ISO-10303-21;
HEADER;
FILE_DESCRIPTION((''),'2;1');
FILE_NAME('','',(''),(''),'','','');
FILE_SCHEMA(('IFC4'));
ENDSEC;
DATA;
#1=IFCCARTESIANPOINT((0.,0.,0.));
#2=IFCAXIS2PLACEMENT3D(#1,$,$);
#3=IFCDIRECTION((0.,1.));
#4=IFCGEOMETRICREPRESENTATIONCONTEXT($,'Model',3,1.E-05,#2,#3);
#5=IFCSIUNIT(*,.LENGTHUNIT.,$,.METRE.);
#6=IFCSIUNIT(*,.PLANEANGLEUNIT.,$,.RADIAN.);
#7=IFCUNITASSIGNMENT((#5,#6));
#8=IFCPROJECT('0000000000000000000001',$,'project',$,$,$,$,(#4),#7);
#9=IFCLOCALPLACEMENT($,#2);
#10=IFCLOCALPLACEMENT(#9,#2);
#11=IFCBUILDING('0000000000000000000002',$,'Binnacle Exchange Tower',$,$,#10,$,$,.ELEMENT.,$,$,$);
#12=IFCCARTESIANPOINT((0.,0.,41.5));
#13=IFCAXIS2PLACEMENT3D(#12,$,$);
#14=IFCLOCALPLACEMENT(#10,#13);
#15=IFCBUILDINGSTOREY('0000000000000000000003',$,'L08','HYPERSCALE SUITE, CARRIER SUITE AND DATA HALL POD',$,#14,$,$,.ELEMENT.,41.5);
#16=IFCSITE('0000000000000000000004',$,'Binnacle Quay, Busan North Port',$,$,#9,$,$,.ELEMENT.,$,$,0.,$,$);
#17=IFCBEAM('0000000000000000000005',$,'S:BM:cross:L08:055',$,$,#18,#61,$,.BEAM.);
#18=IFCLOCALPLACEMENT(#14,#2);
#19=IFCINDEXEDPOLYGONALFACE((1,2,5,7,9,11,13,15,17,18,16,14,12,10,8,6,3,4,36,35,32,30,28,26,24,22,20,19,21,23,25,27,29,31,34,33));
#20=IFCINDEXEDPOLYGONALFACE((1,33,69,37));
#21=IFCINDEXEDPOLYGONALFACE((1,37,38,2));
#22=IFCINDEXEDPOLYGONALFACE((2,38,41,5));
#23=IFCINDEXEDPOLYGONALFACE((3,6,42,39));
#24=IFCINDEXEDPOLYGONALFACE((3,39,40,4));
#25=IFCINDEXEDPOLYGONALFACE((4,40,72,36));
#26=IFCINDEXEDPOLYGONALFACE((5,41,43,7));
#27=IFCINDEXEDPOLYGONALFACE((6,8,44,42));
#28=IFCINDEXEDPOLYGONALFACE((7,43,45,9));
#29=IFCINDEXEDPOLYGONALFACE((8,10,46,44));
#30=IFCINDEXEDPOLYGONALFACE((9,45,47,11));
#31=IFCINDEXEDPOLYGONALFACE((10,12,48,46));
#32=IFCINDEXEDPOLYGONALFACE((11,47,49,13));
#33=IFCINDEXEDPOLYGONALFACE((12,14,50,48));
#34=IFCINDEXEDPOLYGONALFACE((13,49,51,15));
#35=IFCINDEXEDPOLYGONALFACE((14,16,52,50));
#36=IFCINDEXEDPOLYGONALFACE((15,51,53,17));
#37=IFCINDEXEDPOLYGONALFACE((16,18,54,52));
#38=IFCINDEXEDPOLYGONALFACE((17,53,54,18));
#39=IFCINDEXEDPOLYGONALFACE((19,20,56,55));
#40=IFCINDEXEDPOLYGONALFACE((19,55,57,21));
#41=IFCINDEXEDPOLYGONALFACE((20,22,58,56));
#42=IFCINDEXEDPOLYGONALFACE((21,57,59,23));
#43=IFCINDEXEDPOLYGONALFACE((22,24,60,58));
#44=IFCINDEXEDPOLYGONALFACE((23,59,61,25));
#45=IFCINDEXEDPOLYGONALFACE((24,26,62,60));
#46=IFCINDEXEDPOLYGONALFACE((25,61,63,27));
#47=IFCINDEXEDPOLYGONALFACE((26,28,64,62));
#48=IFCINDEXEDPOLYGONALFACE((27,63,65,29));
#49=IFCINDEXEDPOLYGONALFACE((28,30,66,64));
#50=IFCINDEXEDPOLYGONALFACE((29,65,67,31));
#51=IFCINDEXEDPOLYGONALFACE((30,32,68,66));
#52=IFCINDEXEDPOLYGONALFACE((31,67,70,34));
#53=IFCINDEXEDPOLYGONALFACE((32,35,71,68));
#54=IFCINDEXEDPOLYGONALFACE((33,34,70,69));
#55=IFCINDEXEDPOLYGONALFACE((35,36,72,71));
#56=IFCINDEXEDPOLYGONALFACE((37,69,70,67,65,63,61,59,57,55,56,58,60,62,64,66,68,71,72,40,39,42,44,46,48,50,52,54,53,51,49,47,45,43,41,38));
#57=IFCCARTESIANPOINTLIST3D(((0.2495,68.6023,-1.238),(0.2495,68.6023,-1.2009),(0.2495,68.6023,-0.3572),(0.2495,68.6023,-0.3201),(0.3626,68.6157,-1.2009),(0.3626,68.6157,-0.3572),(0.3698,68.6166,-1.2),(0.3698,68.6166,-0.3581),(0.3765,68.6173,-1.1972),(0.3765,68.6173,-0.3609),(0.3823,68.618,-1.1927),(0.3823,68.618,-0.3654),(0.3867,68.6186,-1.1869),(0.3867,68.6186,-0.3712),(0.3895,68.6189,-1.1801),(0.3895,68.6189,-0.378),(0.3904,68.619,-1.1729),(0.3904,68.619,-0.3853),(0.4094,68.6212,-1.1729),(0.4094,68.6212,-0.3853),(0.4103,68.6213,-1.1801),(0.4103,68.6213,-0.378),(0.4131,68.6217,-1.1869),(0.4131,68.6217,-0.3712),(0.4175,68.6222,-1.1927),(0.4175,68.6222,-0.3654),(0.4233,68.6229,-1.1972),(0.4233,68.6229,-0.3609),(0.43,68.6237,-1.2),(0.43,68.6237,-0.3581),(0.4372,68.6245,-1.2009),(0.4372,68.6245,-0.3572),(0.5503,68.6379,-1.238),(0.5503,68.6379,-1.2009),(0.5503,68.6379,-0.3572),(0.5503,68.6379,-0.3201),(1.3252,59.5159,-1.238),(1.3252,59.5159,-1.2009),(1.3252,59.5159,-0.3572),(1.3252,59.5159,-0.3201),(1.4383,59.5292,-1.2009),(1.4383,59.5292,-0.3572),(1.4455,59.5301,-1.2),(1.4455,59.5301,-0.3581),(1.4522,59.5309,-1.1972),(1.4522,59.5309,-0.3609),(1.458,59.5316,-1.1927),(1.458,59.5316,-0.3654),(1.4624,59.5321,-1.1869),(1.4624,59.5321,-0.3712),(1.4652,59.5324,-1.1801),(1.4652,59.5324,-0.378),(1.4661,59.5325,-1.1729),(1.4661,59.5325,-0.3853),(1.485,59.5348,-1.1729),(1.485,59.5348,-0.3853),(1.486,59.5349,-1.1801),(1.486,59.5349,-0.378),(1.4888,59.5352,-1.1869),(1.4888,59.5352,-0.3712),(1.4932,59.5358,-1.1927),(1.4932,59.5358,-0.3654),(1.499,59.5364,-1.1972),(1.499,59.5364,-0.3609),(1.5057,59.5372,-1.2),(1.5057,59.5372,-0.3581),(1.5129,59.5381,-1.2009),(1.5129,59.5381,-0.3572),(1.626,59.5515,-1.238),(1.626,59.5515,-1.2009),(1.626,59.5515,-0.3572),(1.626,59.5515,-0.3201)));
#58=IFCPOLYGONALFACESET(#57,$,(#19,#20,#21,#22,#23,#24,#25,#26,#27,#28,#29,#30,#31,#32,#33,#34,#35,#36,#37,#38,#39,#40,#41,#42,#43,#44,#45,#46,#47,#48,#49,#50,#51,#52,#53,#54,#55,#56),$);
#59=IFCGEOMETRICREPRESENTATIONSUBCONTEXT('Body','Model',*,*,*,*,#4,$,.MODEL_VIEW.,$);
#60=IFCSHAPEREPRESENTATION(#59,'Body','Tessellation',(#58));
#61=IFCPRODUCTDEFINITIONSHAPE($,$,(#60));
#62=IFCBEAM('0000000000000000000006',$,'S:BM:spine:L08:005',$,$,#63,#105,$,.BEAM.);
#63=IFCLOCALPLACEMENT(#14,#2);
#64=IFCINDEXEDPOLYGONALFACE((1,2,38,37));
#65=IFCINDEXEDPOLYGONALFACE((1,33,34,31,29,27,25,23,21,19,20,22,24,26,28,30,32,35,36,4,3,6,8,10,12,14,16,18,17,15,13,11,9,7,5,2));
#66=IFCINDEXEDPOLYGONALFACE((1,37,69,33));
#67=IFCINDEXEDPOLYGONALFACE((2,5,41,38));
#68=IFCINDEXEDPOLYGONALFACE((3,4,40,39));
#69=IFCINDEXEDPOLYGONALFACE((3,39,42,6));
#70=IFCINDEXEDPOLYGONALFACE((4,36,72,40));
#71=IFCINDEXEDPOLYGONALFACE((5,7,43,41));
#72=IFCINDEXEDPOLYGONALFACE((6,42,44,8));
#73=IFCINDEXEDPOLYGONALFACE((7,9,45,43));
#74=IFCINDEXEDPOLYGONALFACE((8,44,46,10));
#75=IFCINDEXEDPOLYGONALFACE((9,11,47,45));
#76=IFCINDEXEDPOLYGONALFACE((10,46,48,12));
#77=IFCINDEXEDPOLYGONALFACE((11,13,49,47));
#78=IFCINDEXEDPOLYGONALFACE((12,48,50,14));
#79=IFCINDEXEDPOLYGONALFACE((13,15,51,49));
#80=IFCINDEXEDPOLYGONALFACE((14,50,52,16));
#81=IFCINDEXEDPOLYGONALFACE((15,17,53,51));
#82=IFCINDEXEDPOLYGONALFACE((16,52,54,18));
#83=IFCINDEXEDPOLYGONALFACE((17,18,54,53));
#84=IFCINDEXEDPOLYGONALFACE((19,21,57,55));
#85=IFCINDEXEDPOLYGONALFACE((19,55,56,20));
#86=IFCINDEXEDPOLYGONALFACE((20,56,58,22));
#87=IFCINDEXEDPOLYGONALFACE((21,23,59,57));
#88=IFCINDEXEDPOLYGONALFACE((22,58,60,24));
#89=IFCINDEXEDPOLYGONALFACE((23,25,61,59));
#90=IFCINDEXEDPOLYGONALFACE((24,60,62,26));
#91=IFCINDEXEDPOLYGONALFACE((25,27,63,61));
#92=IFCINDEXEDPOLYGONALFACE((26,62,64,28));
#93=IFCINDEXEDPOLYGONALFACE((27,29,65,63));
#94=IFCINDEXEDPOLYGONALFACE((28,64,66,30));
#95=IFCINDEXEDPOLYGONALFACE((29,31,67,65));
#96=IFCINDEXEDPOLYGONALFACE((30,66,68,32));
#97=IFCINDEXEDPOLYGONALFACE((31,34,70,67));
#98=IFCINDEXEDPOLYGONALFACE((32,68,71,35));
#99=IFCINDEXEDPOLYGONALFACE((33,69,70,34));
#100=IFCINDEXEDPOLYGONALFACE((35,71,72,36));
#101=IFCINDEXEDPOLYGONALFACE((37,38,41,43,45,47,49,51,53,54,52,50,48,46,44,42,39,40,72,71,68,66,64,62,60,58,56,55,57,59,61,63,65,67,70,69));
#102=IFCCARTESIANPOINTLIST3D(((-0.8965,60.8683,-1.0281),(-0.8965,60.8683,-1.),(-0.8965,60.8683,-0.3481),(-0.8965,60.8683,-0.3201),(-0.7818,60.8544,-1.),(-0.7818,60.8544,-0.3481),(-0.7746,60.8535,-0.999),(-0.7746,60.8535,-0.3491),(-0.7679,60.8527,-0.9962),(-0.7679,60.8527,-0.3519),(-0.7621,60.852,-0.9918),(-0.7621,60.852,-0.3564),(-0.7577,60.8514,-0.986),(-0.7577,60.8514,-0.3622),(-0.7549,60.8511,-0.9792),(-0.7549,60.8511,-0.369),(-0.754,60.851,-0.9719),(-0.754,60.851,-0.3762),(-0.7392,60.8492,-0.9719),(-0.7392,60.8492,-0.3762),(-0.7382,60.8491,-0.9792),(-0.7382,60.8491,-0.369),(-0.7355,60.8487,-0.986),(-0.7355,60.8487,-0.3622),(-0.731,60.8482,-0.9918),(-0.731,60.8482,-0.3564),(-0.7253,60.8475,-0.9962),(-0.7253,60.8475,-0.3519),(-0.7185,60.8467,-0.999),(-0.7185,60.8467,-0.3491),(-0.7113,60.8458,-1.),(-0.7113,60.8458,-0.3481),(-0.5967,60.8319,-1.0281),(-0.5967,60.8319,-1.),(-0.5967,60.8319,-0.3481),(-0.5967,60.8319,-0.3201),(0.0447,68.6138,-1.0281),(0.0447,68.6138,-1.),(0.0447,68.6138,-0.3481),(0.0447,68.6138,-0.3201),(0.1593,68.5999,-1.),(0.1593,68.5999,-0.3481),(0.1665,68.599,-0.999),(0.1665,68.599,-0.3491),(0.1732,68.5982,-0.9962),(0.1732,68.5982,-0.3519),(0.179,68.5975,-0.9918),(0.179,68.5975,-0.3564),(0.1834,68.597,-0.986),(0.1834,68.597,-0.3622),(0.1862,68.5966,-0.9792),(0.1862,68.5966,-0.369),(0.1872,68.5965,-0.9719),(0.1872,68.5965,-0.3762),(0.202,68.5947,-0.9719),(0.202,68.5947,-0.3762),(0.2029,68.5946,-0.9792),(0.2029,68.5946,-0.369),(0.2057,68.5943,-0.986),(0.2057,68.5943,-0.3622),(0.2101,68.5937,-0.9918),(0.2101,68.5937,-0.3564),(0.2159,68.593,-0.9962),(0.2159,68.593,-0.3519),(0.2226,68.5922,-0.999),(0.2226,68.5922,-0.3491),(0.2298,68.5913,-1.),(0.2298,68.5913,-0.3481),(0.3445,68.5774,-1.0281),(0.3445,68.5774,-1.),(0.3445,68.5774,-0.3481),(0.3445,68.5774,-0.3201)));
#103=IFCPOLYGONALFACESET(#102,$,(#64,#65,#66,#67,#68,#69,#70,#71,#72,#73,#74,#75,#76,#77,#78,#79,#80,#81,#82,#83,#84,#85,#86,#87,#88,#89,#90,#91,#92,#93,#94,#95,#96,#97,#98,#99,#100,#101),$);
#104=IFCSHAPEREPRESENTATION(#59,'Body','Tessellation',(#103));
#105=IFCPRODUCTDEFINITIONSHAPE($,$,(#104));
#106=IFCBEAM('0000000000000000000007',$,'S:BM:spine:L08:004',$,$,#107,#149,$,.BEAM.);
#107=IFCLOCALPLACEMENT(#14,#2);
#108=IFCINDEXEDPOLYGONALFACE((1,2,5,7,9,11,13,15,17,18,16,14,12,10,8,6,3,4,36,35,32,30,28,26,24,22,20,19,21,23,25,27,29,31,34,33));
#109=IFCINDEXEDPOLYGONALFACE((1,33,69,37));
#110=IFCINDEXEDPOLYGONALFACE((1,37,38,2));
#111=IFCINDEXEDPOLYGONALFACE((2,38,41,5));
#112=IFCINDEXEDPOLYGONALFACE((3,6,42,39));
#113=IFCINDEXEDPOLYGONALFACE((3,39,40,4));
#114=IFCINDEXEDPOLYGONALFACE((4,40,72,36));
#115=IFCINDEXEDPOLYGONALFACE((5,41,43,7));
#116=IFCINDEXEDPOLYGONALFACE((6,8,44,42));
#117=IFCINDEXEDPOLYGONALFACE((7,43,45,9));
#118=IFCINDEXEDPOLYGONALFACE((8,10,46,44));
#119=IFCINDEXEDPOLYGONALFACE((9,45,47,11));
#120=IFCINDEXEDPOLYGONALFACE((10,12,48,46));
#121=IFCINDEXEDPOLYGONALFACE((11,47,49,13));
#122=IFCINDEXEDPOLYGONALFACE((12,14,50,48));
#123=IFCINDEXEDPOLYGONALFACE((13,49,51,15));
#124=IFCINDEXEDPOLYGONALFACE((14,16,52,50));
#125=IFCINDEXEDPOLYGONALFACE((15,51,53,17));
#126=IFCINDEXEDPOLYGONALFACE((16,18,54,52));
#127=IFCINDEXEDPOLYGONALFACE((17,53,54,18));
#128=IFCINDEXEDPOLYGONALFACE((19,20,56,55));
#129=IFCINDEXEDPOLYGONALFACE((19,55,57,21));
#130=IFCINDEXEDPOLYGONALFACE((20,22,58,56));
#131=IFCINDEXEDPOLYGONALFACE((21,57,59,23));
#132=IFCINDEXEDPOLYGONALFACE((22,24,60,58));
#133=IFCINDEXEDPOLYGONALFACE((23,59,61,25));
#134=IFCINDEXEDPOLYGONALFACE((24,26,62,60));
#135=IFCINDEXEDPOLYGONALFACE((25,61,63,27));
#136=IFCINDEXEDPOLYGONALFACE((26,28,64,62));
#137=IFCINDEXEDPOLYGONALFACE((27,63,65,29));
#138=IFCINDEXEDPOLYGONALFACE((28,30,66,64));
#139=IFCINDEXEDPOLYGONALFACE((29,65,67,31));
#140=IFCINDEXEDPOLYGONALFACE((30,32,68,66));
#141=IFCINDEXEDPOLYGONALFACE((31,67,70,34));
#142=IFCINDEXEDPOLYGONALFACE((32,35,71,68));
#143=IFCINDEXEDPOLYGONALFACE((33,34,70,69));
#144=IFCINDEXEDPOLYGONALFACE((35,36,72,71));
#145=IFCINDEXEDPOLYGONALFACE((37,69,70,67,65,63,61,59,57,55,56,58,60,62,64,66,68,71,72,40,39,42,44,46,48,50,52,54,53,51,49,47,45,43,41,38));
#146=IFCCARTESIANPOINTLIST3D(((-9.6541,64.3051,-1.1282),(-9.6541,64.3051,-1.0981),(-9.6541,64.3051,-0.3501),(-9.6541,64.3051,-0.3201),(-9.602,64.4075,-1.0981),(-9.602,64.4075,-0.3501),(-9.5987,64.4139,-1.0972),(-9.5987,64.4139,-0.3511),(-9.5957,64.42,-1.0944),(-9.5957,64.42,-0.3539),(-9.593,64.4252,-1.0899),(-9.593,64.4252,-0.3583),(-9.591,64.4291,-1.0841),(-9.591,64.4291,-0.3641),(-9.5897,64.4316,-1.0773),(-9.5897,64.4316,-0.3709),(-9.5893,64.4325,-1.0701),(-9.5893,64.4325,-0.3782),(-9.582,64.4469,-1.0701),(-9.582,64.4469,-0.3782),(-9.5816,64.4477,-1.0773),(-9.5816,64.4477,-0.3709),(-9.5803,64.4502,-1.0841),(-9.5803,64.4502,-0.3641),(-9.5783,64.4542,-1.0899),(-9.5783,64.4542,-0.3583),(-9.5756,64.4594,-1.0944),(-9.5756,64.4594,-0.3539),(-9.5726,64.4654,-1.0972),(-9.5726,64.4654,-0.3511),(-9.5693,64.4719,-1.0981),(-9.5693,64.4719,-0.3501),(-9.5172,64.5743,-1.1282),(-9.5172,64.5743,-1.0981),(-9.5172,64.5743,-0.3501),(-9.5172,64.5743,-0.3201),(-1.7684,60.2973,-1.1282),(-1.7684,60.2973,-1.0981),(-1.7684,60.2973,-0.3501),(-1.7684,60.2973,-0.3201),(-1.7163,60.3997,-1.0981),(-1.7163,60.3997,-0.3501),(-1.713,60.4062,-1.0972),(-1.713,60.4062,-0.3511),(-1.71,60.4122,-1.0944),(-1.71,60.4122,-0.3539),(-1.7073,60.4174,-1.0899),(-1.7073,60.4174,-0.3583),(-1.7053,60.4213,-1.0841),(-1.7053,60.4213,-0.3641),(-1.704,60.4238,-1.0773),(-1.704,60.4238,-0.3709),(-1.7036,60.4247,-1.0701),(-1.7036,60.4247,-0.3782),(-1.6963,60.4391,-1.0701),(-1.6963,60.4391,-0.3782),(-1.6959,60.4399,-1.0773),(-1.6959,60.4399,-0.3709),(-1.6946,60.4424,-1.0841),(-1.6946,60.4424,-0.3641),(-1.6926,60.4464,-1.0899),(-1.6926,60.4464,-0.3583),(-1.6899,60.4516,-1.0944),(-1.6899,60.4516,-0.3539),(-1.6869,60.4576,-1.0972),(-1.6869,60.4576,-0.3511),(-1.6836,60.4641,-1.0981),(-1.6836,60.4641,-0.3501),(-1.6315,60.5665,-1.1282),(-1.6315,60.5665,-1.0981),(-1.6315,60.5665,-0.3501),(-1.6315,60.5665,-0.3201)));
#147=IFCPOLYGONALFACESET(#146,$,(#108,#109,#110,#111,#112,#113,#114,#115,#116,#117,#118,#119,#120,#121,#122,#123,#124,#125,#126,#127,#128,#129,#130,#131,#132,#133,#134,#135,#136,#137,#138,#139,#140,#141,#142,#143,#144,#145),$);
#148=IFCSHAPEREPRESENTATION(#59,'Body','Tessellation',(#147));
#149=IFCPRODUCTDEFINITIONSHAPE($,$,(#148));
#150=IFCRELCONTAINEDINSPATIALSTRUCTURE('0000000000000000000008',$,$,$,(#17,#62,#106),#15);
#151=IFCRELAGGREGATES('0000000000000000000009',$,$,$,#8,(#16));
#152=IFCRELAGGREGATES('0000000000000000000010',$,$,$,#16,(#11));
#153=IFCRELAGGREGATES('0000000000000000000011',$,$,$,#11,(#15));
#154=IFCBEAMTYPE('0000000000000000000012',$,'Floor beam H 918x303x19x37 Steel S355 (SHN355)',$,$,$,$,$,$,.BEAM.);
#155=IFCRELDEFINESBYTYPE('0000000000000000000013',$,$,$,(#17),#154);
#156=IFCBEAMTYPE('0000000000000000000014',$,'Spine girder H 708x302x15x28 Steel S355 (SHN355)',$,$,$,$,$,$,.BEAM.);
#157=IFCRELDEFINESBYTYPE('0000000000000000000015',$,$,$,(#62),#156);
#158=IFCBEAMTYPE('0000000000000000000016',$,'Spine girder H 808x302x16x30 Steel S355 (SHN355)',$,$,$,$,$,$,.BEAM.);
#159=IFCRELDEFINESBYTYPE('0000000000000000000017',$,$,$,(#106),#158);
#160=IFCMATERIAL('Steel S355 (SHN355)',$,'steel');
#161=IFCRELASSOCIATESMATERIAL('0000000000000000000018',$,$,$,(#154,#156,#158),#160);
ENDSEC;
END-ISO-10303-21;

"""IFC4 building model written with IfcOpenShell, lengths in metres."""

from ifc_helpers import new_model, si_unit, direction, frame, origin, origin_2d, place, context, subcontext, project, spatial, i_section, extrude, material, material_profile, profile_set, type_object, element, save


model = new_model("IFC4")

# Units and contexts
model_context = context("Model", 3, precision=1e-05, world=origin(), true_north=direction((0.0, 1.0)))
body_context = subcontext(model_context, "Body", "Model", "MODEL_VIEW")
ifc_project = project(units=[si_unit("LENGTHUNIT", "METRE"), si_unit("PLANEANGLEUNIT", "RADIAN")], contexts=[model_context])

# Site, building, storey
site_placement = place(None, origin())
site = spatial("IfcSite", under=ifc_project, at=site_placement, Name="Binnacle Quay, Busan North Port", CompositionType="ELEMENT", RefElevation=0.0)
building_placement = place(site_placement, origin())
building = spatial("IfcBuilding", under=site, at=building_placement, Name="Binnacle Exchange Tower", CompositionType="ELEMENT")
storey_placement = place(building_placement, frame((0.0, 0.0, 41.5)))
storey = spatial("IfcBuildingStorey", under=building, at=storey_placement, Name="L08", Description="HYPERSCALE SUITE, CARRIER SUITE AND DATA HALL POD", CompositionType="ELEMENT", Elevation=41.5)

# Beams
ifc_material_1 = material(Name="Steel S355 (SHN355)", Category="steel")
ifc_material_profile_1 = material_profile(ifc_material_1, i_section(OverallWidth=0.303, OverallDepth=0.918, WebThickness=0.019, FlangeThickness=0.0371, FilletRadius=0.0281, at=origin_2d()), Name="H 918x303x19x37")
ifc_profile_set_1 = profile_set([ifc_material_profile_1], Name="Steel S355 (SHN355)")
beam_type_1 = type_object("IfcBeamType", Name="Floor beam H 918x303x19x37 Steel S355 (SHN355)", PredefinedType="BEAM", material=ifc_profile_set_1)
beam_1_placement = place(storey_placement, frame((0.3999, 68.6201, -0.7791), z_axis=(0.117563, -0.993065, 0.0), x_axis=(0.993065, 0.117563, 0.0)))
element("IfcBeam", 1, at=beam_1_placement, inside=storey, type_object=beam_type_1, Name="S:BM:cross:L08:055", PredefinedType="BEAM", context=body_context, shape_type="SweptSolid", body=[
    extrude(i_section(OverallWidth=0.303, OverallDepth=0.918, WebThickness=0.019, FlangeThickness=0.0371, FilletRadius=0.0281, at=origin_2d()), origin(), (0.0, 0.0, 1.0), 9.1499),
])
ifc_material_profile_2 = material_profile(ifc_material_1, i_section(OverallWidth=0.302, OverallDepth=0.708, WebThickness=0.0149, FlangeThickness=0.0281, FilletRadius=0.0281, at=origin_2d()), Name="H 708x302x15x28")
ifc_profile_set_2 = profile_set([ifc_material_profile_2], Name="Steel S355 (SHN355)")
beam_type_2 = type_object("IfcBeamType", Name="Spine girder H 708x302x15x28 Steel S355 (SHN355)", PredefinedType="BEAM", material=ifc_profile_set_2)
beam_2_placement = place(storey_placement, frame((-0.7466, 60.8501, -0.6741), z_axis=(0.120622, 0.992699, 0.0), x_axis=(-0.992699, 0.120622, 0.0)))
element("IfcBeam", 2, at=beam_2_placement, inside=storey, type_object=beam_type_2, Name="S:BM:spine:L08:005", PredefinedType="BEAM", context=body_context, shape_type="SweptSolid", body=[
    extrude(i_section(OverallWidth=0.302, OverallDepth=0.708, WebThickness=0.0149, FlangeThickness=0.0281, FilletRadius=0.0281, at=origin_2d()), origin(), (0.0, 0.0, 1.0), 7.8025),
])
ifc_material_profile_3 = material_profile(ifc_material_1, i_section(OverallWidth=0.302, OverallDepth=0.8081, WebThickness=0.0161, FlangeThickness=0.03, FilletRadius=0.0281, at=origin_2d()), Name="H 808x302x16x30")
ifc_profile_set_3 = profile_set([ifc_material_profile_3], Name="Steel S355 (SHN355)")
beam_type_3 = type_object("IfcBeamType", Name="Spine girder H 808x302x16x30 Steel S355 (SHN355)", PredefinedType="BEAM", material=ifc_profile_set_3)
beam_3_placement = place(storey_placement, frame((-1.7, 60.4319, -0.7241), z_axis=(-0.891471, 0.453077, 0.0), x_axis=(-0.453077, -0.891471, 0.0)))
element("IfcBeam", 3, at=beam_3_placement, inside=storey, type_object=beam_type_3, Name="S:BM:spine:L08:004", PredefinedType="BEAM", context=body_context, shape_type="SweptSolid", body=[
    extrude(i_section(OverallWidth=0.302, OverallDepth=0.8081, WebThickness=0.0161, FlangeThickness=0.03, FilletRadius=0.0281, at=origin_2d()), origin(), (0.0, 0.0, 1.0), 8.8457),
])

save(model, "model.ifc")
